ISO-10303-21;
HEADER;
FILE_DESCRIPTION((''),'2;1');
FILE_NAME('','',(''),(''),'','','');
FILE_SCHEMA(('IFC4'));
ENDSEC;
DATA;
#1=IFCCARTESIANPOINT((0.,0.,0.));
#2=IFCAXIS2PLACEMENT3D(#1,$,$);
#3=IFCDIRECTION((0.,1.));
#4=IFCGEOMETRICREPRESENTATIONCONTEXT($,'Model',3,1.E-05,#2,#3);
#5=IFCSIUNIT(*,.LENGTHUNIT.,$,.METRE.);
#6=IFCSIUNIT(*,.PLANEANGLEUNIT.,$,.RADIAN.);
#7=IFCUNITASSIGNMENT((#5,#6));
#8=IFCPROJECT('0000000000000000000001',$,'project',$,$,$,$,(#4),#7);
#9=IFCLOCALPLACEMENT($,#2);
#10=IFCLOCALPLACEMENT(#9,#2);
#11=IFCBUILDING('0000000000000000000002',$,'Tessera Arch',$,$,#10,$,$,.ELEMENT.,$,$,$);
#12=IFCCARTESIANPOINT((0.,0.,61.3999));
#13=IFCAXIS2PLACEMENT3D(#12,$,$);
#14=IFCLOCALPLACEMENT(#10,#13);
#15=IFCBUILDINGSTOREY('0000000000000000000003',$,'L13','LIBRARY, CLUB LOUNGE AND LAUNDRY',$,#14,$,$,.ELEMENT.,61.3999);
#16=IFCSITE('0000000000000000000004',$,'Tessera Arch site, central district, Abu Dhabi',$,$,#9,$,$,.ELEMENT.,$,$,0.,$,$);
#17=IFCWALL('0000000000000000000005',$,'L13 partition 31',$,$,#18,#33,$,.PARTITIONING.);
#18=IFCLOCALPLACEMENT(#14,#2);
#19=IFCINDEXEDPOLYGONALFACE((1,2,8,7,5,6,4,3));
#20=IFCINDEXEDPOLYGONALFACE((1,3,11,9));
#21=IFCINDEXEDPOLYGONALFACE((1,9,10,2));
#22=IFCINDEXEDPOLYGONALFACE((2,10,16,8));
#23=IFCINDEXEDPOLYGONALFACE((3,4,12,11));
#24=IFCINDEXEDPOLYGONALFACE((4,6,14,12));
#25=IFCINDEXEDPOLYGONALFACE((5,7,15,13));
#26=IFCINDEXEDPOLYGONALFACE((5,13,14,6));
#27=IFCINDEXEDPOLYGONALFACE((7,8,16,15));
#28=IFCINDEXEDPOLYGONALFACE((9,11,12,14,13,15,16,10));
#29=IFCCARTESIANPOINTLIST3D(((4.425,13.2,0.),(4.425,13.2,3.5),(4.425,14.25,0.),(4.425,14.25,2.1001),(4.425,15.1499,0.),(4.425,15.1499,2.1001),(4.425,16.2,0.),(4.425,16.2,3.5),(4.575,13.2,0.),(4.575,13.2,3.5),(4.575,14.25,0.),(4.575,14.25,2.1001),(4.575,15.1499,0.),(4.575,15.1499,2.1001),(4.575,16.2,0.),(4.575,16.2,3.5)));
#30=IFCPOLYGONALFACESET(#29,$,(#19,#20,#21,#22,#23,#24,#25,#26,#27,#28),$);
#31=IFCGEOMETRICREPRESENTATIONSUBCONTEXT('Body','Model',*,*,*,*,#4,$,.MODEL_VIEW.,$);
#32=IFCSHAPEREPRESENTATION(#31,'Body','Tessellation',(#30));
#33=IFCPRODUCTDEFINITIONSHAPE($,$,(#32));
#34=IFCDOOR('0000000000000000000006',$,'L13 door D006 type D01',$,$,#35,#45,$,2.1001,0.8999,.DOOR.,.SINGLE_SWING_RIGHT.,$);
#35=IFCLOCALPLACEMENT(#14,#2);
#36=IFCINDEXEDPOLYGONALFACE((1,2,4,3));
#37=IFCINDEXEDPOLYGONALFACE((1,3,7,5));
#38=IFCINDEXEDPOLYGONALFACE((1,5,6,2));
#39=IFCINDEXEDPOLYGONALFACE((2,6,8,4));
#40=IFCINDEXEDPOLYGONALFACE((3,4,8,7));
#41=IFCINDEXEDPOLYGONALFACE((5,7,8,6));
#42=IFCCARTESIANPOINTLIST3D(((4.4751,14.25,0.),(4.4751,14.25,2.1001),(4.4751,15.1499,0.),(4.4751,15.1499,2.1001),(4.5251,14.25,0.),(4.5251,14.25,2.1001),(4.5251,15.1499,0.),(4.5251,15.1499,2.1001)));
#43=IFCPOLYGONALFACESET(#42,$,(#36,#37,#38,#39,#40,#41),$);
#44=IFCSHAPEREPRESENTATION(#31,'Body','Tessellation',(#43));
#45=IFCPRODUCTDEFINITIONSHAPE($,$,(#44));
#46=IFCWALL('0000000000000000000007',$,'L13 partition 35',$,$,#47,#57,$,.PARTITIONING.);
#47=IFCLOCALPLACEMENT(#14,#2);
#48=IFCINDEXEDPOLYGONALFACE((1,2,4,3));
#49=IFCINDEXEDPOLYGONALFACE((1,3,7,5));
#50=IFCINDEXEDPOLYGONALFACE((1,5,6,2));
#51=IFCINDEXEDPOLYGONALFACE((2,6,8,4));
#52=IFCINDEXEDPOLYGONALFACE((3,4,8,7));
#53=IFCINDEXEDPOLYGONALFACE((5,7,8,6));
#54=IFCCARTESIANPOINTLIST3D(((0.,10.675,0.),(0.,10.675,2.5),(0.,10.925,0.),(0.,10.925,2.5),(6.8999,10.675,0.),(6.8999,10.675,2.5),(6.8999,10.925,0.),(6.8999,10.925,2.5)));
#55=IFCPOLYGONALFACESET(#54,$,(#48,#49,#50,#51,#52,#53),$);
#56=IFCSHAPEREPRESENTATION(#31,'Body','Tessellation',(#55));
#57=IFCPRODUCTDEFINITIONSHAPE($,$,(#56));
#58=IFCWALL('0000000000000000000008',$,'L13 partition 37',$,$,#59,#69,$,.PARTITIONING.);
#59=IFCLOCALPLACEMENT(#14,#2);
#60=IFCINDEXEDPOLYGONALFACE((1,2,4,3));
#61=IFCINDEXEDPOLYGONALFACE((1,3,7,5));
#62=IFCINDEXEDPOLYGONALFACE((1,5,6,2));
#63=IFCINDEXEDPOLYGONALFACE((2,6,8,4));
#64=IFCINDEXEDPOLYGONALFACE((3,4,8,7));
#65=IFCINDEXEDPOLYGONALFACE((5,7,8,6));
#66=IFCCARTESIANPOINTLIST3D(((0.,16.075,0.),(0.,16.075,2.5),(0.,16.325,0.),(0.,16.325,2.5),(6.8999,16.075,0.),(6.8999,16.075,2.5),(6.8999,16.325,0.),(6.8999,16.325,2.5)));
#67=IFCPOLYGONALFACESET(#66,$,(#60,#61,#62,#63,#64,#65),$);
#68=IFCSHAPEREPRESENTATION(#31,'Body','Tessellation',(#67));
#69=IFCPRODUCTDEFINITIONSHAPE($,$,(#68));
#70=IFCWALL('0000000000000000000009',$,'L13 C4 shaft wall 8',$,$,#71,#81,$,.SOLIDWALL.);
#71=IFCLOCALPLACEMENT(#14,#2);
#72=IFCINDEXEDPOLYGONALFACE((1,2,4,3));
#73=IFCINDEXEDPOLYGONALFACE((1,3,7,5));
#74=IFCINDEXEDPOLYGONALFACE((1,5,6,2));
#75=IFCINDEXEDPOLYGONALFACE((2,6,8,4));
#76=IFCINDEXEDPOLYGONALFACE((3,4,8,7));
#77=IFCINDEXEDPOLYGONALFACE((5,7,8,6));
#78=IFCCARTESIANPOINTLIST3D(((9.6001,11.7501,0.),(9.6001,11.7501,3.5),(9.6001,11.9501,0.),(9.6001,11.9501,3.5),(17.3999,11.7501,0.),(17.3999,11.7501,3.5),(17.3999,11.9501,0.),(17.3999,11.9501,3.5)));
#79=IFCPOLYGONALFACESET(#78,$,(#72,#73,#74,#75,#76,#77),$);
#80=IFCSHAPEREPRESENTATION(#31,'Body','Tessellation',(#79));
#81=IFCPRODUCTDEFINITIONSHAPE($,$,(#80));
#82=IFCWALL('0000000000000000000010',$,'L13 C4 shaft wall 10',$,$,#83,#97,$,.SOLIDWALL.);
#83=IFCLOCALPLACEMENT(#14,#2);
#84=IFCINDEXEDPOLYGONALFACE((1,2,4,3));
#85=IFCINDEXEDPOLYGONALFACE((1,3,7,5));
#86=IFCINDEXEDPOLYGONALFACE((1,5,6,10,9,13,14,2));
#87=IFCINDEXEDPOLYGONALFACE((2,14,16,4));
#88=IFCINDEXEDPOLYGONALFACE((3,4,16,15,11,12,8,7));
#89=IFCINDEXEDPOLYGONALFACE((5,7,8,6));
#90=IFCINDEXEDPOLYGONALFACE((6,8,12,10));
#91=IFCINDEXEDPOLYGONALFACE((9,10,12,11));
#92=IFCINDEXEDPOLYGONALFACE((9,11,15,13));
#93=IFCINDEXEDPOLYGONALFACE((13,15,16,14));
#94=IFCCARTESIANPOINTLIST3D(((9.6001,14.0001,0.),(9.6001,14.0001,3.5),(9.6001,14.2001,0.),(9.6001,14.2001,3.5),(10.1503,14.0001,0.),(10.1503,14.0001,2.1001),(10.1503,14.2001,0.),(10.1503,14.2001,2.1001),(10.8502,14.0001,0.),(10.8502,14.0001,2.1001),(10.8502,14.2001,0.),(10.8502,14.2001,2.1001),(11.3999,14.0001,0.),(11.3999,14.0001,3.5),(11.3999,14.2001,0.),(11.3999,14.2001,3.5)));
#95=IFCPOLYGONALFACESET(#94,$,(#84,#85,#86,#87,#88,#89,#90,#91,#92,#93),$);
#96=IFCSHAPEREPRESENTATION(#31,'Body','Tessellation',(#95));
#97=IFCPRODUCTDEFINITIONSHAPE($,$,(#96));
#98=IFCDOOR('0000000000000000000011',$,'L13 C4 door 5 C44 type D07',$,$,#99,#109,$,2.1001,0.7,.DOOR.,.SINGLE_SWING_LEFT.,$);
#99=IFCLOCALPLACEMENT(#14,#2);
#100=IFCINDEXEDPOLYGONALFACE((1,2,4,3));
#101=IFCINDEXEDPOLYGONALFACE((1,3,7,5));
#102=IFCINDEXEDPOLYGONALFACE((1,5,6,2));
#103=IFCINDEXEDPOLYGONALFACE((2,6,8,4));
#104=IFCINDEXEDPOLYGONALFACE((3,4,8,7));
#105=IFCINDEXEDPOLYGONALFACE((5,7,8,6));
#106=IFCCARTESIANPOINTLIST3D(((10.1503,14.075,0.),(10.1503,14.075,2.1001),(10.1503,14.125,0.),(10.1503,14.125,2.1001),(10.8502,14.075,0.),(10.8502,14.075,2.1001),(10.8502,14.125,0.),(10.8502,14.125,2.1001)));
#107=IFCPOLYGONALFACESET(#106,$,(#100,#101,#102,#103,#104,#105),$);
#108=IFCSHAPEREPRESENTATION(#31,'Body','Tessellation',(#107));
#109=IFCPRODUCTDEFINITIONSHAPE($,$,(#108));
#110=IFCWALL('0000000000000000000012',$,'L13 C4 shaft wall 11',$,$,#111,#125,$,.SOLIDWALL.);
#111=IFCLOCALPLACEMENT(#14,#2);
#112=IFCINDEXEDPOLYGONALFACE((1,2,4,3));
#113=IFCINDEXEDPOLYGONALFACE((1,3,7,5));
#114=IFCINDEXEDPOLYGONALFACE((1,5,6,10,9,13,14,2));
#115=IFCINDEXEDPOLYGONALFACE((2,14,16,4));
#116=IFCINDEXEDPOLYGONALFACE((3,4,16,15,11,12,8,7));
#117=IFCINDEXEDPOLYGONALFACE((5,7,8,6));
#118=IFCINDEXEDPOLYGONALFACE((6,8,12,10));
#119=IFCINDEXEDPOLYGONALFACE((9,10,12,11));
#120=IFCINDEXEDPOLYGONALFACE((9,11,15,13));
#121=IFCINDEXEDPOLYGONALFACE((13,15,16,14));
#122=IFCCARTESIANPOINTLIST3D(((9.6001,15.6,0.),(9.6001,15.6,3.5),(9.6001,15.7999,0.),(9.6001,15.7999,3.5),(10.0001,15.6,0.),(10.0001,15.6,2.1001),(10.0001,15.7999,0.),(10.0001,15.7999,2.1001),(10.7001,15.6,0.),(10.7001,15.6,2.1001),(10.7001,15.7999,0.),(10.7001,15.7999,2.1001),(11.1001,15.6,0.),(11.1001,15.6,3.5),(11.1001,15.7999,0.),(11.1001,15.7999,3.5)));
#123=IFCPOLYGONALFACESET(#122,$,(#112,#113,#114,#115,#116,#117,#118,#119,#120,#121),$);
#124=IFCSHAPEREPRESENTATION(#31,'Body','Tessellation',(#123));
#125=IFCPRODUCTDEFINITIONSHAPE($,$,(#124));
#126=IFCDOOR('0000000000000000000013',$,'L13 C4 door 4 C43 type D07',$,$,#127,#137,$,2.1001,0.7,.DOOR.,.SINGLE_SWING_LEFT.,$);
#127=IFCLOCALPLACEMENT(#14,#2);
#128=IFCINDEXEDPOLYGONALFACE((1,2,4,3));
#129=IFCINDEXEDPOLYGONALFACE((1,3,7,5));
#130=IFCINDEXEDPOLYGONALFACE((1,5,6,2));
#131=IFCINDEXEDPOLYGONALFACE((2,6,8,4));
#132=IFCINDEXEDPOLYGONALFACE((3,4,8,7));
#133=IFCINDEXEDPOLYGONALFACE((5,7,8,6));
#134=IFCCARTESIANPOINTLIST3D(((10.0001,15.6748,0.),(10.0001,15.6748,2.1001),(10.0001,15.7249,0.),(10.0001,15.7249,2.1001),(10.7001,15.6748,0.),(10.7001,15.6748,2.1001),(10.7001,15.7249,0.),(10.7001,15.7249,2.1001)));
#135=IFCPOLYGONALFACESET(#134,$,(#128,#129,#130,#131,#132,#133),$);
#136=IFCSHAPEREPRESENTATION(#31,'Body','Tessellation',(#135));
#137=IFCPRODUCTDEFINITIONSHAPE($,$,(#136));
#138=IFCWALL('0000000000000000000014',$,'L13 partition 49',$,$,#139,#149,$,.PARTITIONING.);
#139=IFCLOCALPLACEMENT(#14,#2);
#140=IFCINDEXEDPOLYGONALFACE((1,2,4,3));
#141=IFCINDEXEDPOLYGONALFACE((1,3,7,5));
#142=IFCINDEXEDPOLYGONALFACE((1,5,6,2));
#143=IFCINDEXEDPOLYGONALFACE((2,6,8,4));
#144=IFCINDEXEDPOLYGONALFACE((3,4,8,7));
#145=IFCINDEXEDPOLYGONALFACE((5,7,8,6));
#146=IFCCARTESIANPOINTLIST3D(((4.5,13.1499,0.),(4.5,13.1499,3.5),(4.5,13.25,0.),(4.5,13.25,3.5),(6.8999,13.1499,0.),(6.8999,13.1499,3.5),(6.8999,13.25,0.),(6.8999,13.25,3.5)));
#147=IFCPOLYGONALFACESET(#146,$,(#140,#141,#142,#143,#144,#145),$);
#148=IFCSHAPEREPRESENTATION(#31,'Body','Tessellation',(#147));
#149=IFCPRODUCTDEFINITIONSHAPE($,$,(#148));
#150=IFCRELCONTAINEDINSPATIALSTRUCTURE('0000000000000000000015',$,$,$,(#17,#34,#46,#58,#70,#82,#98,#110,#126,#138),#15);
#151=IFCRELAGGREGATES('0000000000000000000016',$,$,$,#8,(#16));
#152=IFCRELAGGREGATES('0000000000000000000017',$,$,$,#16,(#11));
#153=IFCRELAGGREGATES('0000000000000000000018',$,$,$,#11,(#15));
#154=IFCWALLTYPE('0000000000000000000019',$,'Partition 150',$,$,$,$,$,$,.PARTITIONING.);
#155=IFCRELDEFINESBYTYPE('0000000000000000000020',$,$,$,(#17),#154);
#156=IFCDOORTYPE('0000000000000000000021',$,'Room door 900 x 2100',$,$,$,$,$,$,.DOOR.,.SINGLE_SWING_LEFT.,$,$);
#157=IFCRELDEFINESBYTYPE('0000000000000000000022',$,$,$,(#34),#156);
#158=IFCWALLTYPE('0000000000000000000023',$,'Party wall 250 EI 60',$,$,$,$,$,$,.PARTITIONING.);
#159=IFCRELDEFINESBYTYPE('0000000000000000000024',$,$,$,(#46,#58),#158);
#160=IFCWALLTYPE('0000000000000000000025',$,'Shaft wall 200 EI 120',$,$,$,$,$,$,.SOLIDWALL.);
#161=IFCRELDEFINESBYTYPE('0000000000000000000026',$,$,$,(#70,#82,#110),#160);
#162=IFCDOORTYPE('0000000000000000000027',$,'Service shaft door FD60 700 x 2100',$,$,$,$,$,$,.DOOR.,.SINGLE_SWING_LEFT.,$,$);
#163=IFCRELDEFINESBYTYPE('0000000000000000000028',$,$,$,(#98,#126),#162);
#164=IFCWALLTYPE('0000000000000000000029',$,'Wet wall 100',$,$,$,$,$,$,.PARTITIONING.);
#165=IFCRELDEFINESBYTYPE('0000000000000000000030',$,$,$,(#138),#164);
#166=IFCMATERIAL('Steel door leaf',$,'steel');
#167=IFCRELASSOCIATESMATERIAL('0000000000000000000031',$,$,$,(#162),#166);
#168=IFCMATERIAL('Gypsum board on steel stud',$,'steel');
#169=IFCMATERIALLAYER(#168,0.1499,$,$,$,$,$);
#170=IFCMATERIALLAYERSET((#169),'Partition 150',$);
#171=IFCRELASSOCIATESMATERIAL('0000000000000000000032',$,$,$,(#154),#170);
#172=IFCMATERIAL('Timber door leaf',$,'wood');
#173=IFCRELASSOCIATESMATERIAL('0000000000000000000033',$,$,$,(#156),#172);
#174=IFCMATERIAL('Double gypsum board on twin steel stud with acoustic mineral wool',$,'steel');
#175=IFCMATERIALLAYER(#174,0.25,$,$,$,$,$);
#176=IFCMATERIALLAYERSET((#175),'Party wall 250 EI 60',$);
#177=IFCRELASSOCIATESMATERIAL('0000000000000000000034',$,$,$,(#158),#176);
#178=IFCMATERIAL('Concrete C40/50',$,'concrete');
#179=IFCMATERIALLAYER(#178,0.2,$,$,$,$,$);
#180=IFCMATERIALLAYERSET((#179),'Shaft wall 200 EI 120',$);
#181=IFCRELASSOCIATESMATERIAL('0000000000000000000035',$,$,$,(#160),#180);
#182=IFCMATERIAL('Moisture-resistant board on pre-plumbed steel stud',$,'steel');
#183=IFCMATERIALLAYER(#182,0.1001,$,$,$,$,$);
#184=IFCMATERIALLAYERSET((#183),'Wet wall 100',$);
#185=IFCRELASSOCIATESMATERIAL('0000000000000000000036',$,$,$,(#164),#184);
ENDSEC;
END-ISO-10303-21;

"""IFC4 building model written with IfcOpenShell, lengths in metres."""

from ifc_helpers import new_model, si_unit, direction, frame, frame_2d, origin, place, context, subcontext, project, spatial, rectangle, extrude, material, layer, layer_set, type_object, element, fill, save


model = new_model("IFC4")

# Units and contexts
model_context = context("Model", 3, precision=1e-05, world=origin(), true_north=direction((0.0, 1.0)))
body_context = subcontext(model_context, "Body", "Model", "MODEL_VIEW")
ifc_project = project(units=[si_unit("LENGTHUNIT", "METRE"), si_unit("PLANEANGLEUNIT", "RADIAN")], contexts=[model_context])

# Site, building, storey
site_placement = place(None, origin())
site = spatial("IfcSite", under=ifc_project, at=site_placement, Name="Tessera Arch site, central district, Abu Dhabi", CompositionType="ELEMENT", RefElevation=0.0)
building_placement = place(site_placement, origin())
building = spatial("IfcBuilding", under=site, at=building_placement, Name="Tessera Arch", CompositionType="ELEMENT")
storey_placement = place(building_placement, frame((0.0, 0.0, 61.3999)))
storey = spatial("IfcBuildingStorey", under=building, at=storey_placement, Name="L13", Description="LIBRARY, CLUB LOUNGE AND LAUNDRY", CompositionType="ELEMENT", Elevation=61.3999)

# Shared definitions
ifc_material_1 = material(Name="Steel door leaf", Category="steel")
door_type_1 = type_object("IfcDoorType", Name="Service shaft door FD60 700 x 2100", OperationType="SINGLE_SWING_LEFT", PredefinedType="DOOR", material=ifc_material_1)

# Wall, opening, door
ifc_material_2 = material(Name="Gypsum board on steel stud", Category="steel")
ifc_layer_1 = layer(ifc_material_2, 0.1499)
ifc_layer_set_1 = layer_set([ifc_layer_1], Name="Partition 150")
wall_type_1 = type_object("IfcWallType", Name="Partition 150", PredefinedType="PARTITIONING", material=ifc_layer_set_1)
wall_1_placement = place(storey_placement, frame((4.5, 13.2, 0.0), z_axis=(0.0, 0.0, 1.0), x_axis=(0.0, 1.0, 0.0)))
wall_1 = element("IfcWall", 1, at=wall_1_placement, inside=storey, type_object=wall_type_1, Name="L13 partition 31", PredefinedType="PARTITIONING", context=body_context, shape_type="SweptSolid", body=[
    extrude(rectangle(XDim=3.0, YDim=0.1499, at=frame_2d((1.5, 0.0))), origin(), (0.0, 0.0, 1.0), 3.5),
])
opening_1_placement = place(wall_1_placement, frame((1.05, 0.0, 0.0)))
opening_1 = element("IfcOpeningElement", 2, at=opening_1_placement, cuts=wall_1, PredefinedType="OPENING", context=body_context, shape_type="SweptSolid", body=[
    extrude(rectangle(XDim=0.8999, YDim=2.1001, at=frame_2d((0.45, 1.05))), frame((0.0, 0.085, 0.0), z_axis=(0.0, -1.0, 0.0), x_axis=(1.0, 0.0, 0.0)), (0.0, 0.0, 1.0), 0.1699),
])
ifc_material_3 = material(Name="Timber door leaf", Category="wood")
door_type_2 = type_object("IfcDoorType", Name="Room door 900 x 2100", OperationType="SINGLE_SWING_LEFT", PredefinedType="DOOR", material=ifc_material_3)
door_1_placement = place(opening_1_placement, origin())
door_1 = element("IfcDoor", 3, at=door_1_placement, inside=storey, type_object=door_type_2, Name="L13 door D006 type D01", OperationType="SINGLE_SWING_RIGHT", OverallHeight=2.1001, OverallWidth=0.8999, PredefinedType="DOOR", context=body_context, shape_type="SweptSolid", body=[
    extrude(rectangle(XDim=0.8999, YDim=2.1001, at=frame_2d((0.45, 1.05))), frame((0.0, 0.0249, 0.0), z_axis=(0.0, -1.0, 0.0), x_axis=(1.0, 0.0, 0.0)), (0.0, 0.0, 1.0), 0.05),
])
fill(opening_1, door_1)

# Walls
ifc_material_4 = material(Name="Double gypsum board on twin steel stud with acoustic mineral wool", Category="steel")
ifc_layer_2 = layer(ifc_material_4, 0.25)
ifc_layer_set_2 = layer_set([ifc_layer_2], Name="Party wall 250 EI 60")
wall_type_2 = type_object("IfcWallType", Name="Party wall 250 EI 60", PredefinedType="PARTITIONING", material=ifc_layer_set_2)
for number, where, z_axis, x_axis, name in (
    (4, (0.0, 10.8, 0.0), (0.0, 0.0, 1.0), (1.0, 0.0, 0.0), "L13 partition 35"),
    (5, (0.0, 16.2, 0.0), (0.0, 0.0, 1.0), (1.0, 0.0, 0.0), "L13 partition 37"),
):
    element("IfcWall", number, at=place(storey_placement, frame(where, z_axis=z_axis, x_axis=x_axis)), inside=storey, type_object=wall_type_2, Name=name, PredefinedType="PARTITIONING", context=body_context, shape_type="SweptSolid", body=[
        extrude(rectangle(XDim=6.8999, YDim=0.25, at=frame_2d((3.45, 0.0))), origin(), (0.0, 0.0, 1.0), 2.5),
    ])
ifc_material_5 = material(Name="Concrete C40/50", Category="concrete")
ifc_layer_3 = layer(ifc_material_5, 0.2)
ifc_layer_set_3 = layer_set([ifc_layer_3], Name="Shaft wall 200 EI 120")
wall_type_3 = type_object("IfcWallType", Name="Shaft wall 200 EI 120", PredefinedType="SOLIDWALL", material=ifc_layer_set_3)
wall_2_placement = place(storey_placement, frame((9.6001, 11.8501, 0.0), z_axis=(0.0, 0.0, 1.0), x_axis=(1.0, 0.0, 0.0)))
element("IfcWall", 6, at=wall_2_placement, inside=storey, type_object=wall_type_3, Name="L13 C4 shaft wall 8", PredefinedType="SOLIDWALL", context=body_context, shape_type="SweptSolid", body=[
    extrude(rectangle(XDim=7.7998, YDim=0.2, at=frame_2d((3.8999, 0.0))), origin(), (0.0, 0.0, 1.0), 3.5),
])

# Walls, openings, doors
wall_3_placement = place(storey_placement, frame((9.6001, 14.1001, 0.0), z_axis=(0.0, 0.0, 1.0), x_axis=(1.0, 0.0, 0.0)))
wall_3 = element("IfcWall", 7, at=wall_3_placement, inside=storey, type_object=wall_type_3, Name="L13 C4 shaft wall 10", PredefinedType="SOLIDWALL", context=body_context, shape_type="SweptSolid", body=[
    extrude(rectangle(XDim=1.7998, YDim=0.2, at=frame_2d((0.8999, 0.0))), origin(), (0.0, 0.0, 1.0), 3.5),
])
opening_2_placement = place(wall_3_placement, frame((0.55, 0.0, 0.0)))
opening_2 = element("IfcOpeningElement", 8, at=opening_2_placement, cuts=wall_3, PredefinedType="OPENING", context=body_context, shape_type="SweptSolid", body=[
    extrude(rectangle(XDim=0.7, YDim=2.1001, at=frame_2d((0.3501, 1.05))), frame((0.0, 0.1099, 0.0), z_axis=(0.0, -1.0, 0.0), x_axis=(1.0, 0.0, 0.0)), (0.0, 0.0, 1.0), 0.22),
])
door_2_placement = place(opening_2_placement, origin())
door_2 = element("IfcDoor", 9, at=door_2_placement, inside=storey, type_object=door_type_1, Name="L13 C4 door 5 C44 type D07", OperationType="SINGLE_SWING_LEFT", OverallHeight=2.1001, OverallWidth=0.7, PredefinedType="DOOR", context=body_context, shape_type="SweptSolid", body=[
    extrude(rectangle(XDim=0.7, YDim=2.1001, at=frame_2d((0.3501, 1.05))), frame((0.0, 0.0249, 0.0), z_axis=(0.0, -1.0, 0.0), x_axis=(1.0, 0.0, 0.0)), (0.0, 0.0, 1.0), 0.05),
])
fill(opening_2, door_2)
wall_4_placement = place(storey_placement, frame((9.6001, 15.7, 0.0), z_axis=(0.0, 0.0, 1.0), x_axis=(1.0, 0.0, 0.0)))
wall_4 = element("IfcWall", 10, at=wall_4_placement, inside=storey, type_object=wall_type_3, Name="L13 C4 shaft wall 11", PredefinedType="SOLIDWALL", context=body_context, shape_type="SweptSolid", body=[
    extrude(rectangle(XDim=1.5, YDim=0.2, at=frame_2d((0.75, 0.0))), origin(), (0.0, 0.0, 1.0), 3.5),
])
opening_3_placement = place(wall_4_placement, frame((0.3999, 0.0, 0.0)))
opening_3 = element("IfcOpeningElement", 11, at=opening_3_placement, cuts=wall_4, PredefinedType="OPENING", context=body_context, shape_type="SweptSolid", body=[
    extrude(rectangle(XDim=0.7, YDim=2.1001, at=frame_2d((0.3501, 1.05))), frame((0.0, 0.1099, 0.0), z_axis=(0.0, -1.0, 0.0), x_axis=(1.0, 0.0, 0.0)), (0.0, 0.0, 1.0), 0.22),
])
door_3_placement = place(opening_3_placement, origin())
door_3 = element("IfcDoor", 12, at=door_3_placement, inside=storey, type_object=door_type_1, Name="L13 C4 door 4 C43 type D07", OperationType="SINGLE_SWING_LEFT", OverallHeight=2.1001, OverallWidth=0.7, PredefinedType="DOOR", context=body_context, shape_type="SweptSolid", body=[
    extrude(rectangle(XDim=0.7, YDim=2.1001, at=frame_2d((0.3501, 1.05))), frame((0.0, 0.0249, 0.0), z_axis=(0.0, -1.0, 0.0), x_axis=(1.0, 0.0, 0.0)), (0.0, 0.0, 1.0), 0.05),
])
fill(opening_3, door_3)

# Wall
ifc_material_6 = material(Name="Moisture-resistant board on pre-plumbed steel stud", Category="steel")
ifc_layer_4 = layer(ifc_material_6, 0.1001)
ifc_layer_set_4 = layer_set([ifc_layer_4], Name="Wet wall 100")
wall_type_4 = type_object("IfcWallType", Name="Wet wall 100", PredefinedType="PARTITIONING", material=ifc_layer_set_4)
wall_5_placement = place(storey_placement, frame((4.5, 13.2, 0.0), z_axis=(0.0, 0.0, 1.0), x_axis=(1.0, 0.0, 0.0)))
element("IfcWall", 13, at=wall_5_placement, inside=storey, type_object=wall_type_4, Name="L13 partition 49", PredefinedType="PARTITIONING", context=body_context, shape_type="SweptSolid", body=[
    extrude(rectangle(XDim=2.3999, YDim=0.1001, at=frame_2d((1.2, 0.0))), origin(), (0.0, 0.0, 1.0), 3.5),
])

save(model, "model.ifc")
